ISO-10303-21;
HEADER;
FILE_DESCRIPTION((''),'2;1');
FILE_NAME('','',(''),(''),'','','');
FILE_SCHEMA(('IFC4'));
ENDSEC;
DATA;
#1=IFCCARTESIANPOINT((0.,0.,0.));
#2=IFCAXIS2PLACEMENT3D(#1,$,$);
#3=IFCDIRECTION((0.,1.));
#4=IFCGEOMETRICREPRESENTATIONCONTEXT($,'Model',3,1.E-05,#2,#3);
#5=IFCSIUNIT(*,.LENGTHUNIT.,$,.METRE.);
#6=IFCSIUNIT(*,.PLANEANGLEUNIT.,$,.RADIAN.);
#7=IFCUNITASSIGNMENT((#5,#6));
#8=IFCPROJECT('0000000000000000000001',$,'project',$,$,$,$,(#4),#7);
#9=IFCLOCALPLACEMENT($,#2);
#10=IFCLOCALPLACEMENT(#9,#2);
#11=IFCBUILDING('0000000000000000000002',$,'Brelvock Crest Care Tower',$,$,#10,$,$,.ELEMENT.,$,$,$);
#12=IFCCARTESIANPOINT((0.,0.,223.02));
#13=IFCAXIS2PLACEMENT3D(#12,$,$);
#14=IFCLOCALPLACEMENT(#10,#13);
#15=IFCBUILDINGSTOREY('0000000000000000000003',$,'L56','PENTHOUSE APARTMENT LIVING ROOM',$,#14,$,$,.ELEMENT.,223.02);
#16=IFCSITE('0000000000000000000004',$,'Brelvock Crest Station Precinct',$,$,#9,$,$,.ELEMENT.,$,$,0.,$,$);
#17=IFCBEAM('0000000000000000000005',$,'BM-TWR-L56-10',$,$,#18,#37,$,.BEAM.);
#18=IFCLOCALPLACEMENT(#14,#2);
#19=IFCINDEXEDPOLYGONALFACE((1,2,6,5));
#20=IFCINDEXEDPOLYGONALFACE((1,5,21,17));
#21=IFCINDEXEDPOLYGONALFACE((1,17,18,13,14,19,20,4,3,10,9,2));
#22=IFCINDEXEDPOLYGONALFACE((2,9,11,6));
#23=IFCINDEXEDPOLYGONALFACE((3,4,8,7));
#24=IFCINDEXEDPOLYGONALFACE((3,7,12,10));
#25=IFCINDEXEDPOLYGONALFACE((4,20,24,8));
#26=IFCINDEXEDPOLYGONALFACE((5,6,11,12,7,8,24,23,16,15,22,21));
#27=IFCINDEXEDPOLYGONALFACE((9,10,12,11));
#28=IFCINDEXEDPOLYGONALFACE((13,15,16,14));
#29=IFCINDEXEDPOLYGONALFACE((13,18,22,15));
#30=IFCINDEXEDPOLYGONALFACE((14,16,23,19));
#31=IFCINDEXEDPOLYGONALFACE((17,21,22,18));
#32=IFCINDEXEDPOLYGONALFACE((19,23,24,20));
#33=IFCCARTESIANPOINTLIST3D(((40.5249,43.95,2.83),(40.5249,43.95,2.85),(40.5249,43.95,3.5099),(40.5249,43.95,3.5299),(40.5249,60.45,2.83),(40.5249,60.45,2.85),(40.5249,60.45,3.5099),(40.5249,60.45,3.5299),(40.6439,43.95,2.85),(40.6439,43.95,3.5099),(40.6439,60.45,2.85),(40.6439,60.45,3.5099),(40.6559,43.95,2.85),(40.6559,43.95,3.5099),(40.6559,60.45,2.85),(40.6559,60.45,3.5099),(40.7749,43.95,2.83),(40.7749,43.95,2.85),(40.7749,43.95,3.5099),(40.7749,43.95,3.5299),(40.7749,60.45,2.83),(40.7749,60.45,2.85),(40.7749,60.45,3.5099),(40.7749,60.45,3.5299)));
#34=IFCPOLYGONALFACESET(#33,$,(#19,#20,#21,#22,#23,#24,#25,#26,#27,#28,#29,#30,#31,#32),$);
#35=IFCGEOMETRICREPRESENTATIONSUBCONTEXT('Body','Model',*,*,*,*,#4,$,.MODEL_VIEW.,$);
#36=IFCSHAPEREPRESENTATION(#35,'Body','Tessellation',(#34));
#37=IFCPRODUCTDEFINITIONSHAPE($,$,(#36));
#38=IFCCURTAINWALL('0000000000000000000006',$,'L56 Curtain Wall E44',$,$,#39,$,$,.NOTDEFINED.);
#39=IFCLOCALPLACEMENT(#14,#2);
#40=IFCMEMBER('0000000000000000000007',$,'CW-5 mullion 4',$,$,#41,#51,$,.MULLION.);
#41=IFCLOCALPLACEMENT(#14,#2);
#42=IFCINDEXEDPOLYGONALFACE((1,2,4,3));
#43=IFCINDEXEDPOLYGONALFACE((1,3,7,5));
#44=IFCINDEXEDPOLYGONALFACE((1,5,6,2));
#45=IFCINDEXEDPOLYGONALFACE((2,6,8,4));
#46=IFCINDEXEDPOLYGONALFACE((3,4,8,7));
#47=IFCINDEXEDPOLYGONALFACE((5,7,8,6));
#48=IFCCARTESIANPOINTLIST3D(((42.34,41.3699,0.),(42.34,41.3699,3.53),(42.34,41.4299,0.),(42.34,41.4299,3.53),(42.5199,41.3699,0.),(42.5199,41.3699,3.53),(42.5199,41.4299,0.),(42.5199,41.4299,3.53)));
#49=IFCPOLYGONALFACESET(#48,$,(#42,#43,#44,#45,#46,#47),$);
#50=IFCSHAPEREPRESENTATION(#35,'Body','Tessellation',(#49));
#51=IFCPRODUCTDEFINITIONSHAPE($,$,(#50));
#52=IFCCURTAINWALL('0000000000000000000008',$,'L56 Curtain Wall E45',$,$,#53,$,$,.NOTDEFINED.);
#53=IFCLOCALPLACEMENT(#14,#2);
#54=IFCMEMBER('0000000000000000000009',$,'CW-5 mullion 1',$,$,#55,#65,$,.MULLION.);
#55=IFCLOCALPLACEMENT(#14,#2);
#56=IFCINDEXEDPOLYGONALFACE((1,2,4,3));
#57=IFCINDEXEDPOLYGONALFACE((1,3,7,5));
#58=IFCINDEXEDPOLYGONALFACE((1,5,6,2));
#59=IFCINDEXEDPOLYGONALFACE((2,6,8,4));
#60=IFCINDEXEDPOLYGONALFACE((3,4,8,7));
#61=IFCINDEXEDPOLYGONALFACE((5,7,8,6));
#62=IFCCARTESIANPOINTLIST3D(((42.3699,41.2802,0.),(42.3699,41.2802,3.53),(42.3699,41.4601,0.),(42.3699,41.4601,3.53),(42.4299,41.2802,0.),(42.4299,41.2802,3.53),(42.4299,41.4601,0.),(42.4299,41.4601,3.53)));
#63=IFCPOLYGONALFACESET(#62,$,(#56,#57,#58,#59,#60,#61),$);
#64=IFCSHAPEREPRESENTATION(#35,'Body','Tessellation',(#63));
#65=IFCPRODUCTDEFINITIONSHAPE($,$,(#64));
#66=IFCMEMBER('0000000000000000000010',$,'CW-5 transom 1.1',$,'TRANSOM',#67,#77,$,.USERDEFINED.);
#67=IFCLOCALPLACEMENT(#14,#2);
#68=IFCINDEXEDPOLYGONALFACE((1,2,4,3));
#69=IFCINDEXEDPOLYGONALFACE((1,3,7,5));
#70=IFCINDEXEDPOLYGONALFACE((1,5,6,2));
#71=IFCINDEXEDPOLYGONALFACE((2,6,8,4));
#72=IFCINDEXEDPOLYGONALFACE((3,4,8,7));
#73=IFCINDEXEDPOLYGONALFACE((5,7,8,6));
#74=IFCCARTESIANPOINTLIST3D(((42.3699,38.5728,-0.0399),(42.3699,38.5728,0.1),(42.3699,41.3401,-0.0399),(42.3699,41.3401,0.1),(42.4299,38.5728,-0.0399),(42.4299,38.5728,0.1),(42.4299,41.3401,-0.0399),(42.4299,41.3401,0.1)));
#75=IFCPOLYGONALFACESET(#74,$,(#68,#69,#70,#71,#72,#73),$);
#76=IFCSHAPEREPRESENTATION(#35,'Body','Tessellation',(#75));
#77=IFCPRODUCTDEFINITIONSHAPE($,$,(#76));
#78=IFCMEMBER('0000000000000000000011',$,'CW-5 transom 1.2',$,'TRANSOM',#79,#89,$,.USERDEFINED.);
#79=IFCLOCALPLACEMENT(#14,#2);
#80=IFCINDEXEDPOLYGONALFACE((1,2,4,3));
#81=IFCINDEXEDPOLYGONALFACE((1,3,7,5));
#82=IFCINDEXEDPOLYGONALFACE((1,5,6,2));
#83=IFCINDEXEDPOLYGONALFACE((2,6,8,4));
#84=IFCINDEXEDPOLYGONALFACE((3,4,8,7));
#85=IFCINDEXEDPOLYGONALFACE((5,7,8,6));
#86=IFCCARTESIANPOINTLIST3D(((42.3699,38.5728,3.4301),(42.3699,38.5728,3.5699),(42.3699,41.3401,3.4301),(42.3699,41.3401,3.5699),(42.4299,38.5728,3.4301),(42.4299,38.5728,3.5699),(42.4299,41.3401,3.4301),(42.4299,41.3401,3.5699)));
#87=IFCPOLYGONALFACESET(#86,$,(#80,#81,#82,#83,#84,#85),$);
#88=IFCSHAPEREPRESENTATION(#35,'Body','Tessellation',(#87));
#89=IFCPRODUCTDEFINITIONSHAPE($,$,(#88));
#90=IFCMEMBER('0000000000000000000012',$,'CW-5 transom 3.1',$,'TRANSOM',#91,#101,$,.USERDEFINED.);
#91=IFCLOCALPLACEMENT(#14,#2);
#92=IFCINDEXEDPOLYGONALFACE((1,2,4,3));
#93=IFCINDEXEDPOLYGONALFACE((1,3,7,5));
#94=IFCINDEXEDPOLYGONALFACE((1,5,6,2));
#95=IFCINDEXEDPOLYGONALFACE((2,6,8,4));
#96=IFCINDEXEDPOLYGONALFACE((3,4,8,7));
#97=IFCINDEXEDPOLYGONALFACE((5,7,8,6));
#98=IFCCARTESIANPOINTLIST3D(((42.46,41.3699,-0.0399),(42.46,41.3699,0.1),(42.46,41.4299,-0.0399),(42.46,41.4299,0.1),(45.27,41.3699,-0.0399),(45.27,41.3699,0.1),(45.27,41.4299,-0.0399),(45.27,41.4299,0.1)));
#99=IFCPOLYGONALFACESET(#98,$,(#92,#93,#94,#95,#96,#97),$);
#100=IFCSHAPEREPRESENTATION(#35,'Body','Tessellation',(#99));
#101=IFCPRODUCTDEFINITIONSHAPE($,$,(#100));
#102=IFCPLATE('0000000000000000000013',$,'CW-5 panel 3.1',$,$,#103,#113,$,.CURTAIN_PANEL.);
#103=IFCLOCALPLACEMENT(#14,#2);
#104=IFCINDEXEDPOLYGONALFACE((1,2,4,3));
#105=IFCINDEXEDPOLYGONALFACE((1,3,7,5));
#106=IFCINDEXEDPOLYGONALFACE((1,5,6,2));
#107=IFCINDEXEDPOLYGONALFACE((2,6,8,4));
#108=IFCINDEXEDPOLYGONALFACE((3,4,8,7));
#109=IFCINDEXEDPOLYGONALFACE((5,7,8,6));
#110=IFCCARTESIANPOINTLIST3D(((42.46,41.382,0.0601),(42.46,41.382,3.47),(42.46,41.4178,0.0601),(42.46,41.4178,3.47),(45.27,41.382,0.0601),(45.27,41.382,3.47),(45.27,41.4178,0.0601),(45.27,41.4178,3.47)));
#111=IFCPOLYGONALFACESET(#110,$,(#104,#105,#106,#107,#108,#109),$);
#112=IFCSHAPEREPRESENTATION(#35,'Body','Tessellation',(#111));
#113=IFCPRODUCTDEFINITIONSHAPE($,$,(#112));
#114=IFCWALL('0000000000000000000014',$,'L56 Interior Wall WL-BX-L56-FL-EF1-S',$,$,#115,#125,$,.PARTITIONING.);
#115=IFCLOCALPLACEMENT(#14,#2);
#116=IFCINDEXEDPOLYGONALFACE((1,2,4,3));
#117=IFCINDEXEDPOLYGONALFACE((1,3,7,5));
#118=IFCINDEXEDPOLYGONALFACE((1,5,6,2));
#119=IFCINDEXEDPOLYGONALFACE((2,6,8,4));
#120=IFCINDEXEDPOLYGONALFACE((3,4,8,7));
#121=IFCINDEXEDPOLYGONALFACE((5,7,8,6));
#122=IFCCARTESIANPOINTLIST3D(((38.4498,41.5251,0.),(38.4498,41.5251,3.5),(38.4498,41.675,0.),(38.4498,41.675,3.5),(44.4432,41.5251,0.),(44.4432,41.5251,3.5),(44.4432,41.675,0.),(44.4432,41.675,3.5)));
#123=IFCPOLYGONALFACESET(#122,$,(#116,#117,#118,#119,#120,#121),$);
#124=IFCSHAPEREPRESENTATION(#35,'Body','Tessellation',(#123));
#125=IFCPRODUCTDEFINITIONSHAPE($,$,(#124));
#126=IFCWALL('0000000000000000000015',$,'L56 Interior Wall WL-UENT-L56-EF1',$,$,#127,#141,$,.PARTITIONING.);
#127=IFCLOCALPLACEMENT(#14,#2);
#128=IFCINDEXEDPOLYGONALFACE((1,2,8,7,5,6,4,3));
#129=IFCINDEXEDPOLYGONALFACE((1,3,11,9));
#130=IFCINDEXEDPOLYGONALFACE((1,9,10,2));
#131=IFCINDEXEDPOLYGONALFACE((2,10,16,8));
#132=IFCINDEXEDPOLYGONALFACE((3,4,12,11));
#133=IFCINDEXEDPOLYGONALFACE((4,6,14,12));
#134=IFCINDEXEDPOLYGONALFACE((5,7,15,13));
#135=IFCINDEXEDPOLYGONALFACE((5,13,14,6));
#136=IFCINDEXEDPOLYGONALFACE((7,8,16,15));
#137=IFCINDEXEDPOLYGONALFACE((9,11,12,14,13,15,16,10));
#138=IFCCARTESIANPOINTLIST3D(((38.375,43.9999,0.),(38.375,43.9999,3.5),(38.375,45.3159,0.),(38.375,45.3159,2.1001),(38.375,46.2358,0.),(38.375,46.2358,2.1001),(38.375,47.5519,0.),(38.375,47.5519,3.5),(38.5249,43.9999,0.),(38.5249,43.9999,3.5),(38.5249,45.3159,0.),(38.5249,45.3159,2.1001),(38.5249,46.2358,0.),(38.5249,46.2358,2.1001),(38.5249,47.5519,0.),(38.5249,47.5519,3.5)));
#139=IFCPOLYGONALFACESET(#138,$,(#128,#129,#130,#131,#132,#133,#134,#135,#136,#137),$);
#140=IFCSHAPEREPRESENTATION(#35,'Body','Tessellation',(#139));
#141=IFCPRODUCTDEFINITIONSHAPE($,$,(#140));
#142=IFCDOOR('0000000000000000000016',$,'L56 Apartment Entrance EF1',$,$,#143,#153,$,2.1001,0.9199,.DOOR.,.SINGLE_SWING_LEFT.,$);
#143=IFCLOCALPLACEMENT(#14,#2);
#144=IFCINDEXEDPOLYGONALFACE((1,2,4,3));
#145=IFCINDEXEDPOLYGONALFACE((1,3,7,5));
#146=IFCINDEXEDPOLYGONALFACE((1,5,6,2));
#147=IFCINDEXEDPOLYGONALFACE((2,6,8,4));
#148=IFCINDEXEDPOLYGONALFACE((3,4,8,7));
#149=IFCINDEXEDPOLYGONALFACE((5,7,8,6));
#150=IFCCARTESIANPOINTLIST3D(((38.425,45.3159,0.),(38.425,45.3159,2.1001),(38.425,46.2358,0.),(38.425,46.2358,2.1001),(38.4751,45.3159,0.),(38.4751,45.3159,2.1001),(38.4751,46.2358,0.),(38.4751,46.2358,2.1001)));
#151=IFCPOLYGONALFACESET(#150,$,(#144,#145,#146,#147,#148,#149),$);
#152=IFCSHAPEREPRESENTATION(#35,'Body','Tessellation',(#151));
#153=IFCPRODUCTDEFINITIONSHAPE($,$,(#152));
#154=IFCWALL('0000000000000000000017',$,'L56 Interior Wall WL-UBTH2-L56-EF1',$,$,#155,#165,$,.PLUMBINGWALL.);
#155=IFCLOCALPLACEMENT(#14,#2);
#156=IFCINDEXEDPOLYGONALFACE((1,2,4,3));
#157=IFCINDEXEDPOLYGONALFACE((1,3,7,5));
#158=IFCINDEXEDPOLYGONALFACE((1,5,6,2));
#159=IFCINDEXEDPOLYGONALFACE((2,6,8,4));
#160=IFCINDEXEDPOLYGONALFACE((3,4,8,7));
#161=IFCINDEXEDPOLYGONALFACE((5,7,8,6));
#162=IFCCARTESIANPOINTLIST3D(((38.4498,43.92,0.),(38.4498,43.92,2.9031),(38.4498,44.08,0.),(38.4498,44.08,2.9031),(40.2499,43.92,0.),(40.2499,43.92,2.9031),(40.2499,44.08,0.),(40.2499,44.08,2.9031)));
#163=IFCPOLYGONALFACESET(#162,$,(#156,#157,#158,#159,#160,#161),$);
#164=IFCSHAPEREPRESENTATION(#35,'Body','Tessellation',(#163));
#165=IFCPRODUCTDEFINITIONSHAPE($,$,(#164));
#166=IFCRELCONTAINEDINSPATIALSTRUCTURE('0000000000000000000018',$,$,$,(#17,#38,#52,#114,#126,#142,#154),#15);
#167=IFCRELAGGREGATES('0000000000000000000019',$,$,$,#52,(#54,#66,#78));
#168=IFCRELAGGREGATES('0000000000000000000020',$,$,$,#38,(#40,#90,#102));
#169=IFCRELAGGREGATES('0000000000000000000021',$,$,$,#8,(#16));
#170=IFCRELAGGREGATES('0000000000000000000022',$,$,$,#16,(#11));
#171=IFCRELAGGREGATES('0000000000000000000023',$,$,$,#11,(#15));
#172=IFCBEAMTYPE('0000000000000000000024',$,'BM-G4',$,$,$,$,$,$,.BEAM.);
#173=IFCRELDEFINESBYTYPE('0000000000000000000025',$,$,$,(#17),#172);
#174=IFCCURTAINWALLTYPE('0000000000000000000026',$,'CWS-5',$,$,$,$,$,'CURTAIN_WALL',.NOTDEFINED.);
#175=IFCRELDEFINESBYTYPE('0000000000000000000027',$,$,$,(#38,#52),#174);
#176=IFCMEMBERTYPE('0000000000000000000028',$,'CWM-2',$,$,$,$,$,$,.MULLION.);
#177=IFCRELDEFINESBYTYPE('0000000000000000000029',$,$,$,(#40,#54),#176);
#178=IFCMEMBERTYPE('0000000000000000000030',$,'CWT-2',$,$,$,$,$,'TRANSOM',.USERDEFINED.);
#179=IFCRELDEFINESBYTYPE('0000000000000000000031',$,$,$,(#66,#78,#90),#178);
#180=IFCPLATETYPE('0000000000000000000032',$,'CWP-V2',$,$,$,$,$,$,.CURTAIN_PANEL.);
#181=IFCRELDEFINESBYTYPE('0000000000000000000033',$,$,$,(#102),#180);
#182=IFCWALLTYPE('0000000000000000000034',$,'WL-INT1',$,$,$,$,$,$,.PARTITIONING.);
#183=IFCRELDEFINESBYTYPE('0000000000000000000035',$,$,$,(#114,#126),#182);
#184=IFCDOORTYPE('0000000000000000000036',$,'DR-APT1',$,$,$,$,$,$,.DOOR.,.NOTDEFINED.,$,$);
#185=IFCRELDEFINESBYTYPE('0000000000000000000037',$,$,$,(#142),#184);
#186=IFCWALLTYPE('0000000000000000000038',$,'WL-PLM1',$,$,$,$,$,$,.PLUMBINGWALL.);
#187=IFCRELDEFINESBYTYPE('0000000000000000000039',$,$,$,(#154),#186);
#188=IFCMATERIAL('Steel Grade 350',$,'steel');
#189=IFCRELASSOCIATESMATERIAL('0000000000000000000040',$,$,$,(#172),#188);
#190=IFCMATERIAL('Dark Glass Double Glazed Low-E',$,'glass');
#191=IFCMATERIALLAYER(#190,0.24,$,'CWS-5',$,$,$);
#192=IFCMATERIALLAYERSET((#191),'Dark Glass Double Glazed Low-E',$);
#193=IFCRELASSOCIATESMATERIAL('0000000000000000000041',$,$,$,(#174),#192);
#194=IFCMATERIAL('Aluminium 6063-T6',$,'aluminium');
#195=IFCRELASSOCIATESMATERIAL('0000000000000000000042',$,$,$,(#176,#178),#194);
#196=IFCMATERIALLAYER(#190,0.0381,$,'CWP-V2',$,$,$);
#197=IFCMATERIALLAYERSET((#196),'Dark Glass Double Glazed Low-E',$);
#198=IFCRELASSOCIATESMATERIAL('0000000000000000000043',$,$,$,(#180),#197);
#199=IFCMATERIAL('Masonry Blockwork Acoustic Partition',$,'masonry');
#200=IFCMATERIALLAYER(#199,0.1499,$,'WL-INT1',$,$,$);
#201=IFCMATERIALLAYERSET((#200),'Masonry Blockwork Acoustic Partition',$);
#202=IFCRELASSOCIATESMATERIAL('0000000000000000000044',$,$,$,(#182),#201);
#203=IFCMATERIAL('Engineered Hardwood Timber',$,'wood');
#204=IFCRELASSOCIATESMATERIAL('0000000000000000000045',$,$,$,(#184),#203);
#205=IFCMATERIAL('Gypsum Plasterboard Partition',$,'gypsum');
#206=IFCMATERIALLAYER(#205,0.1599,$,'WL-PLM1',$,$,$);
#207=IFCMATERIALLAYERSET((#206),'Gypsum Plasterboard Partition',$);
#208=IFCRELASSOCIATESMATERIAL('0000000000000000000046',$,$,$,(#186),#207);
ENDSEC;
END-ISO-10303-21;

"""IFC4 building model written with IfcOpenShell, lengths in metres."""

from ifc_helpers import new_model, si_unit, direction, frame, frame_2d, origin, origin_2d, place, context, subcontext, project, spatial, rectangle, i_section, extrude, source, transform, mapped, material, layer, layer_set, material_profile, profile_set, type_object, element, fill, aggregate, save


model = new_model("IFC4")

# Units and contexts
model_context = context("Model", 3, precision=1e-05, world=origin(), true_north=direction((0.0, 1.0)))
body_context = subcontext(model_context, "Body", "Model", "MODEL_VIEW")
ifc_project = project(units=[si_unit("LENGTHUNIT", "METRE"), si_unit("PLANEANGLEUNIT", "RADIAN")], contexts=[model_context])

# Site, building, storey
site_placement = place(None, origin())
site = spatial("IfcSite", under=ifc_project, at=site_placement, Name="Brelvock Crest Station Precinct", CompositionType="ELEMENT", RefElevation=0.0)
building_placement = place(site_placement, origin())
building = spatial("IfcBuilding", under=site, at=building_placement, Name="Brelvock Crest Care Tower", CompositionType="ELEMENT")
storey_placement = place(building_placement, frame((0.0, 0.0, 223.02)))
storey = spatial("IfcBuildingStorey", under=building, at=storey_placement, Name="L56", Description="PENTHOUSE APARTMENT LIVING ROOM", CompositionType="ELEMENT", Elevation=223.02)

# Shared definitions
ifc_material_1 = material(Name="Steel Grade 350", Category="steel")

# Beam
ifc_material_profile_1 = material_profile(ifc_material_1, i_section(OverallWidth=0.25, OverallDepth=0.7, WebThickness=0.012, FlangeThickness=0.02, at=origin_2d()), Name="700WB150")
ifc_profile_set_1 = profile_set([ifc_material_profile_1], Name="Steel Grade 350")
beam_type_1 = type_object("IfcBeamType", Name="BM-G4", PredefinedType="BEAM", material=ifc_profile_set_1)
shared_shape_1 = source(origin(), body_context, "Body", "SweptSolid", [
    extrude(i_section(OverallWidth=0.25, OverallDepth=0.7, WebThickness=0.012, FlangeThickness=0.02, at=origin_2d()), origin(), (0.0, 0.0, 1.0), 16.5),
])
beam_1_placement = place(storey_placement, frame((40.6499, 43.95, 3.1799), z_axis=(0.0, 1.0, 0.0), x_axis=(-1.0, 0.0, 0.0)))
element("IfcBeam", 1, at=beam_1_placement, inside=storey, type_object=beam_type_1, Name="BM-TWR-L56-10", PredefinedType="BEAM", context=body_context, shape_type="MappedRepresentation", body=[
    mapped(shared_shape_1, transform((0.0, 0.0, 0.0), x_axis=(1.0, 0.0, 0.0), y_axis=(0.0, 1.0, 0.0), z_axis=(0.0, 0.0, 1.0), scale=1.0)),
])

# Curtain wall, member
ifc_material_2 = material(Name="Dark Glass Double Glazed Low-E", Category="glass")
ifc_layer_1 = layer(ifc_material_2, 0.24, Name="CWS-5")
ifc_layer_set_1 = layer_set([ifc_layer_1], Name="Dark Glass Double Glazed Low-E")
curtain_wall_type = type_object("IfcCurtainWallType", Name="CWS-5", ElementType="CURTAIN_WALL", PredefinedType="NOTDEFINED", material=ifc_layer_set_1)
curtain_wall_1_placement = place(storey_placement, origin())
curtain_wall_1 = element("IfcCurtainWall", 2, at=curtain_wall_1_placement, inside=storey, type_object=curtain_wall_type, Name="L56 Curtain Wall E44", PredefinedType="NOTDEFINED")
ifc_material_3 = material(Name="Aluminium 6063-T6", Category="aluminium")
ifc_material_profile_2 = material_profile(ifc_material_3, rectangle(XDim=0.0601, YDim=0.1799, at=origin_2d()), Name="ALU60x180")
ifc_profile_set_2 = profile_set([ifc_material_profile_2], Name="Aluminium 6063-T6")
member_type_1 = type_object("IfcMemberType", Name="CWM-2", PredefinedType="MULLION", material=ifc_profile_set_2)
shared_shape_2 = source(origin(), body_context, "Body", "SweptSolid", [
    extrude(rectangle(XDim=0.0601, YDim=0.1799, at=origin_2d()), origin(), (0.0, 0.0, 1.0), 3.53),
])
member_1_placement = place(storey_placement, frame((42.4299, 41.3999, 0.0), z_axis=(0.0, 0.0, 1.0), x_axis=(0.0, -1.0, 0.0)))
member_1 = element("IfcMember", 3, at=member_1_placement, type_object=member_type_1, Name="CW-5 mullion 4", PredefinedType="MULLION", context=body_context, shape_type="MappedRepresentation", body=[
    mapped(shared_shape_2, transform((0.0, 0.0, 0.0), x_axis=(1.0, 0.0, 0.0), y_axis=(0.0, 1.0, 0.0), z_axis=(0.0, 0.0, 1.0), scale=1.0)),
])

# Curtain wall, members
curtain_wall_2_placement = place(storey_placement, origin())
curtain_wall_2 = element("IfcCurtainWall", 4, at=curtain_wall_2_placement, inside=storey, type_object=curtain_wall_type, Name="L56 Curtain Wall E45", PredefinedType="NOTDEFINED")
member_2_placement = place(storey_placement, frame((42.3999, 41.3701, 0.0), z_axis=(0.0, 0.0, 1.0), x_axis=(1.0, 0.0, 0.0)))
member_2 = element("IfcMember", 5, at=member_2_placement, type_object=member_type_1, Name="CW-5 mullion 1", PredefinedType="MULLION", context=body_context, shape_type="MappedRepresentation", body=[
    mapped(shared_shape_2, transform((0.0, 0.0, 0.0), x_axis=(1.0, 0.0, 0.0), y_axis=(0.0, 1.0, 0.0), z_axis=(0.0, 0.0, 1.0), scale=1.0)),
])
ifc_material_profile_3 = material_profile(ifc_material_3, rectangle(XDim=0.0601, YDim=0.1399, at=origin_2d()), Name="ALU60x140")
ifc_profile_set_3 = profile_set([ifc_material_profile_3], Name="Aluminium 6063-T6")
member_type_2 = type_object("IfcMemberType", Name="CWT-2", ElementType="TRANSOM", PredefinedType="USERDEFINED", material=ifc_profile_set_3)
shared_shape_3 = source(origin(), body_context, "Body", "SweptSolid", [
    extrude(rectangle(XDim=0.0601, YDim=0.1399, at=origin_2d()), origin(), (0.0, 0.0, 1.0), 2.7673),
])
member_3_placement = place(storey_placement, frame((42.3999, 41.3401, 0.03), z_axis=(0.0, -1.0, 0.0), x_axis=(1.0, 0.0, 0.0)))
member_3 = element("IfcMember", 6, at=member_3_placement, type_object=member_type_2, Name="CW-5 transom 1.1", ObjectType="TRANSOM", PredefinedType="USERDEFINED", context=body_context, shape_type="MappedRepresentation", body=[
    mapped(shared_shape_3, transform((0.0, 0.0, 0.0), x_axis=(1.0, 0.0, 0.0), y_axis=(0.0, 1.0, 0.0), z_axis=(0.0, 0.0, 1.0), scale=1.0)),
])
member_4_placement = place(storey_placement, frame((42.3999, 41.3401, 3.5), z_axis=(0.0, -1.0, 0.0), x_axis=(1.0, 0.0, 0.0)))
member_4 = element("IfcMember", 7, at=member_4_placement, type_object=member_type_2, Name="CW-5 transom 1.2", ObjectType="TRANSOM", PredefinedType="USERDEFINED", context=body_context, shape_type="MappedRepresentation", body=[
    mapped(shared_shape_3, transform((0.0, 0.0, 0.0), x_axis=(1.0, 0.0, 0.0), y_axis=(0.0, 1.0, 0.0), z_axis=(0.0, 0.0, 1.0), scale=1.0)),
])
aggregate(curtain_wall_2, [member_2, member_3, member_4])

# Member
shared_shape_4 = source(origin(), body_context, "Body", "SweptSolid", [
    extrude(rectangle(XDim=0.0601, YDim=0.1399, at=origin_2d()), origin(), (0.0, 0.0, 1.0), 2.8101),
])
member_5_placement = place(storey_placement, frame((45.27, 41.3999, 0.03), z_axis=(-1.0, 0.0, 0.0), x_axis=(0.0, -1.0, 0.0)))
member_5 = element("IfcMember", 8, at=member_5_placement, type_object=member_type_2, Name="CW-5 transom 3.1", ObjectType="TRANSOM", PredefinedType="USERDEFINED", context=body_context, shape_type="MappedRepresentation", body=[
    mapped(shared_shape_4, transform((0.0, 0.0, 0.0), x_axis=(1.0, 0.0, 0.0), y_axis=(0.0, 1.0, 0.0), z_axis=(0.0, 0.0, 1.0), scale=1.0)),
])

# Plate
ifc_layer_2 = layer(ifc_material_2, 0.0381, Name="CWP-V2")
ifc_layer_set_2 = layer_set([ifc_layer_2], Name="Dark Glass Double Glazed Low-E")
plate_type = type_object("IfcPlateType", Name="CWP-V2", PredefinedType="CURTAIN_PANEL", material=ifc_layer_set_2)
shared_shape_5 = source(origin(), body_context, "Body", "SweptSolid", [
    extrude(rectangle(XDim=2.8101, YDim=0.0359, at=origin_2d()), origin(), (0.0, 0.0, 1.0), 3.4099),
])
plate_placement = place(storey_placement, frame((43.865, 41.3999, 0.0601), z_axis=(0.0, 0.0, 1.0), x_axis=(-1.0, 0.0, 0.0)))
plate = element("IfcPlate", 9, at=plate_placement, type_object=plate_type, Name="CW-5 panel 3.1", PredefinedType="CURTAIN_PANEL", context=body_context, shape_type="MappedRepresentation", body=[
    mapped(shared_shape_5, transform((0.0, 0.0, 0.0), x_axis=(1.0, 0.0, 0.0), y_axis=(0.0, 1.0, 0.0), z_axis=(0.0, 0.0, 1.0), scale=1.0)),
])
aggregate(curtain_wall_1, [member_1, member_5, plate])

# Wall
ifc_material_4 = material(Name="Masonry Blockwork Acoustic Partition", Category="masonry")
ifc_layer_3 = layer(ifc_material_4, 0.1499, Name="WL-INT1")
ifc_layer_set_3 = layer_set([ifc_layer_3], Name="Masonry Blockwork Acoustic Partition")
wall_type_1 = type_object("IfcWallType", Name="WL-INT1", PredefinedType="PARTITIONING", material=ifc_layer_set_3)
wall_1_placement = place(storey_placement, frame((38.45, 41.6001, 0.0), z_axis=(0.0, 0.0, 1.0), x_axis=(1.0, 0.0, 0.0)))
element("IfcWall", 10, at=wall_1_placement, inside=storey, type_object=wall_type_1, Name="L56 Interior Wall WL-BX-L56-FL-EF1-S", PredefinedType="PARTITIONING", context=body_context, shape_type="SweptSolid", body=[
    extrude(rectangle(XDim=5.9934, YDim=0.1499, at=frame_2d((2.9966, 0.0))), origin(), (0.0, 0.0, 1.0), 3.5),
])

# Wall, opening, door
wall_2_placement = place(storey_placement, frame((38.45, 44.0, 0.0), z_axis=(0.0, 0.0, 1.0), x_axis=(0.0, 1.0, 0.0)))
wall_2 = element("IfcWall", 11, at=wall_2_placement, inside=storey, type_object=wall_type_1, Name="L56 Interior Wall WL-UENT-L56-EF1", PredefinedType="PARTITIONING", context=body_context, shape_type="SweptSolid", body=[
    extrude(rectangle(XDim=3.552, YDim=0.1499, at=frame_2d((1.7759, 0.0))), origin(), (0.0, 0.0, 1.0), 3.5),
])
opening_1_placement = place(wall_2_placement, frame((1.3159, 0.0, 0.0)))
opening_1 = element("IfcOpeningElement", 12, at=opening_1_placement, cuts=wall_2, PredefinedType="OPENING", context=body_context, shape_type="SweptSolid", body=[
    extrude(rectangle(XDim=0.9199, YDim=2.1001, at=origin_2d()), frame((0.46, 0.085, 1.05), z_axis=(0.0, -1.0, 0.0), x_axis=(1.0, 0.0, 0.0)), (0.0, 0.0, 1.0), 0.1699),
])
ifc_material_5 = material(Name="Engineered Hardwood Timber", Category="wood")
door_type_1 = type_object("IfcDoorType", Name="DR-APT1", OperationType="NOTDEFINED", PredefinedType="DOOR", material=ifc_material_5)
shared_shape_6 = source(origin(), body_context, "Body", "SweptSolid", [
    extrude(rectangle(XDim=0.9199, YDim=2.1001, at=origin_2d()), frame((0.46, 0.0249, 1.05), z_axis=(0.0, -1.0, 0.0), x_axis=(1.0, 0.0, 0.0)), (0.0, 0.0, 1.0), 0.05),
])
door_1_placement = place(opening_1_placement, origin())
door_1 = element("IfcDoor", 13, at=door_1_placement, inside=storey, type_object=door_type_1, Name="L56 Apartment Entrance EF1", OperationType="SINGLE_SWING_LEFT", OverallHeight=2.1001, OverallWidth=0.9199, PredefinedType="DOOR", context=body_context, shape_type="MappedRepresentation", body=[
    mapped(shared_shape_6, transform((0.0, 0.0, 0.0), x_axis=(1.0, 0.0, 0.0), y_axis=(0.0, 1.0, 0.0), z_axis=(0.0, 0.0, 1.0), scale=1.0)),
])
fill(opening_1, door_1)

# Wall
ifc_material_6 = material(Name="Gypsum Plasterboard Partition", Category="gypsum")
ifc_layer_4 = layer(ifc_material_6, 0.1599, Name="WL-PLM1")
ifc_layer_set_4 = layer_set([ifc_layer_4], Name="Gypsum Plasterboard Partition")
wall_type_2 = type_object("IfcWallType", Name="WL-PLM1", PredefinedType="PLUMBINGWALL", material=ifc_layer_set_4)
wall_3_placement = place(storey_placement, frame((38.45, 44.0, 0.0), z_axis=(0.0, 0.0, 1.0), x_axis=(1.0, 0.0, 0.0)))
element("IfcWall", 14, at=wall_3_placement, inside=storey, type_object=wall_type_2, Name="L56 Interior Wall WL-UBTH2-L56-EF1", PredefinedType="PLUMBINGWALL", context=body_context, shape_type="SweptSolid", body=[
    extrude(rectangle(XDim=1.8, YDim=0.1599, at=frame_2d((0.8999, 0.0))), origin(), (0.0, 0.0, 1.0), 2.9031),
])

save(model, "model.ifc")
